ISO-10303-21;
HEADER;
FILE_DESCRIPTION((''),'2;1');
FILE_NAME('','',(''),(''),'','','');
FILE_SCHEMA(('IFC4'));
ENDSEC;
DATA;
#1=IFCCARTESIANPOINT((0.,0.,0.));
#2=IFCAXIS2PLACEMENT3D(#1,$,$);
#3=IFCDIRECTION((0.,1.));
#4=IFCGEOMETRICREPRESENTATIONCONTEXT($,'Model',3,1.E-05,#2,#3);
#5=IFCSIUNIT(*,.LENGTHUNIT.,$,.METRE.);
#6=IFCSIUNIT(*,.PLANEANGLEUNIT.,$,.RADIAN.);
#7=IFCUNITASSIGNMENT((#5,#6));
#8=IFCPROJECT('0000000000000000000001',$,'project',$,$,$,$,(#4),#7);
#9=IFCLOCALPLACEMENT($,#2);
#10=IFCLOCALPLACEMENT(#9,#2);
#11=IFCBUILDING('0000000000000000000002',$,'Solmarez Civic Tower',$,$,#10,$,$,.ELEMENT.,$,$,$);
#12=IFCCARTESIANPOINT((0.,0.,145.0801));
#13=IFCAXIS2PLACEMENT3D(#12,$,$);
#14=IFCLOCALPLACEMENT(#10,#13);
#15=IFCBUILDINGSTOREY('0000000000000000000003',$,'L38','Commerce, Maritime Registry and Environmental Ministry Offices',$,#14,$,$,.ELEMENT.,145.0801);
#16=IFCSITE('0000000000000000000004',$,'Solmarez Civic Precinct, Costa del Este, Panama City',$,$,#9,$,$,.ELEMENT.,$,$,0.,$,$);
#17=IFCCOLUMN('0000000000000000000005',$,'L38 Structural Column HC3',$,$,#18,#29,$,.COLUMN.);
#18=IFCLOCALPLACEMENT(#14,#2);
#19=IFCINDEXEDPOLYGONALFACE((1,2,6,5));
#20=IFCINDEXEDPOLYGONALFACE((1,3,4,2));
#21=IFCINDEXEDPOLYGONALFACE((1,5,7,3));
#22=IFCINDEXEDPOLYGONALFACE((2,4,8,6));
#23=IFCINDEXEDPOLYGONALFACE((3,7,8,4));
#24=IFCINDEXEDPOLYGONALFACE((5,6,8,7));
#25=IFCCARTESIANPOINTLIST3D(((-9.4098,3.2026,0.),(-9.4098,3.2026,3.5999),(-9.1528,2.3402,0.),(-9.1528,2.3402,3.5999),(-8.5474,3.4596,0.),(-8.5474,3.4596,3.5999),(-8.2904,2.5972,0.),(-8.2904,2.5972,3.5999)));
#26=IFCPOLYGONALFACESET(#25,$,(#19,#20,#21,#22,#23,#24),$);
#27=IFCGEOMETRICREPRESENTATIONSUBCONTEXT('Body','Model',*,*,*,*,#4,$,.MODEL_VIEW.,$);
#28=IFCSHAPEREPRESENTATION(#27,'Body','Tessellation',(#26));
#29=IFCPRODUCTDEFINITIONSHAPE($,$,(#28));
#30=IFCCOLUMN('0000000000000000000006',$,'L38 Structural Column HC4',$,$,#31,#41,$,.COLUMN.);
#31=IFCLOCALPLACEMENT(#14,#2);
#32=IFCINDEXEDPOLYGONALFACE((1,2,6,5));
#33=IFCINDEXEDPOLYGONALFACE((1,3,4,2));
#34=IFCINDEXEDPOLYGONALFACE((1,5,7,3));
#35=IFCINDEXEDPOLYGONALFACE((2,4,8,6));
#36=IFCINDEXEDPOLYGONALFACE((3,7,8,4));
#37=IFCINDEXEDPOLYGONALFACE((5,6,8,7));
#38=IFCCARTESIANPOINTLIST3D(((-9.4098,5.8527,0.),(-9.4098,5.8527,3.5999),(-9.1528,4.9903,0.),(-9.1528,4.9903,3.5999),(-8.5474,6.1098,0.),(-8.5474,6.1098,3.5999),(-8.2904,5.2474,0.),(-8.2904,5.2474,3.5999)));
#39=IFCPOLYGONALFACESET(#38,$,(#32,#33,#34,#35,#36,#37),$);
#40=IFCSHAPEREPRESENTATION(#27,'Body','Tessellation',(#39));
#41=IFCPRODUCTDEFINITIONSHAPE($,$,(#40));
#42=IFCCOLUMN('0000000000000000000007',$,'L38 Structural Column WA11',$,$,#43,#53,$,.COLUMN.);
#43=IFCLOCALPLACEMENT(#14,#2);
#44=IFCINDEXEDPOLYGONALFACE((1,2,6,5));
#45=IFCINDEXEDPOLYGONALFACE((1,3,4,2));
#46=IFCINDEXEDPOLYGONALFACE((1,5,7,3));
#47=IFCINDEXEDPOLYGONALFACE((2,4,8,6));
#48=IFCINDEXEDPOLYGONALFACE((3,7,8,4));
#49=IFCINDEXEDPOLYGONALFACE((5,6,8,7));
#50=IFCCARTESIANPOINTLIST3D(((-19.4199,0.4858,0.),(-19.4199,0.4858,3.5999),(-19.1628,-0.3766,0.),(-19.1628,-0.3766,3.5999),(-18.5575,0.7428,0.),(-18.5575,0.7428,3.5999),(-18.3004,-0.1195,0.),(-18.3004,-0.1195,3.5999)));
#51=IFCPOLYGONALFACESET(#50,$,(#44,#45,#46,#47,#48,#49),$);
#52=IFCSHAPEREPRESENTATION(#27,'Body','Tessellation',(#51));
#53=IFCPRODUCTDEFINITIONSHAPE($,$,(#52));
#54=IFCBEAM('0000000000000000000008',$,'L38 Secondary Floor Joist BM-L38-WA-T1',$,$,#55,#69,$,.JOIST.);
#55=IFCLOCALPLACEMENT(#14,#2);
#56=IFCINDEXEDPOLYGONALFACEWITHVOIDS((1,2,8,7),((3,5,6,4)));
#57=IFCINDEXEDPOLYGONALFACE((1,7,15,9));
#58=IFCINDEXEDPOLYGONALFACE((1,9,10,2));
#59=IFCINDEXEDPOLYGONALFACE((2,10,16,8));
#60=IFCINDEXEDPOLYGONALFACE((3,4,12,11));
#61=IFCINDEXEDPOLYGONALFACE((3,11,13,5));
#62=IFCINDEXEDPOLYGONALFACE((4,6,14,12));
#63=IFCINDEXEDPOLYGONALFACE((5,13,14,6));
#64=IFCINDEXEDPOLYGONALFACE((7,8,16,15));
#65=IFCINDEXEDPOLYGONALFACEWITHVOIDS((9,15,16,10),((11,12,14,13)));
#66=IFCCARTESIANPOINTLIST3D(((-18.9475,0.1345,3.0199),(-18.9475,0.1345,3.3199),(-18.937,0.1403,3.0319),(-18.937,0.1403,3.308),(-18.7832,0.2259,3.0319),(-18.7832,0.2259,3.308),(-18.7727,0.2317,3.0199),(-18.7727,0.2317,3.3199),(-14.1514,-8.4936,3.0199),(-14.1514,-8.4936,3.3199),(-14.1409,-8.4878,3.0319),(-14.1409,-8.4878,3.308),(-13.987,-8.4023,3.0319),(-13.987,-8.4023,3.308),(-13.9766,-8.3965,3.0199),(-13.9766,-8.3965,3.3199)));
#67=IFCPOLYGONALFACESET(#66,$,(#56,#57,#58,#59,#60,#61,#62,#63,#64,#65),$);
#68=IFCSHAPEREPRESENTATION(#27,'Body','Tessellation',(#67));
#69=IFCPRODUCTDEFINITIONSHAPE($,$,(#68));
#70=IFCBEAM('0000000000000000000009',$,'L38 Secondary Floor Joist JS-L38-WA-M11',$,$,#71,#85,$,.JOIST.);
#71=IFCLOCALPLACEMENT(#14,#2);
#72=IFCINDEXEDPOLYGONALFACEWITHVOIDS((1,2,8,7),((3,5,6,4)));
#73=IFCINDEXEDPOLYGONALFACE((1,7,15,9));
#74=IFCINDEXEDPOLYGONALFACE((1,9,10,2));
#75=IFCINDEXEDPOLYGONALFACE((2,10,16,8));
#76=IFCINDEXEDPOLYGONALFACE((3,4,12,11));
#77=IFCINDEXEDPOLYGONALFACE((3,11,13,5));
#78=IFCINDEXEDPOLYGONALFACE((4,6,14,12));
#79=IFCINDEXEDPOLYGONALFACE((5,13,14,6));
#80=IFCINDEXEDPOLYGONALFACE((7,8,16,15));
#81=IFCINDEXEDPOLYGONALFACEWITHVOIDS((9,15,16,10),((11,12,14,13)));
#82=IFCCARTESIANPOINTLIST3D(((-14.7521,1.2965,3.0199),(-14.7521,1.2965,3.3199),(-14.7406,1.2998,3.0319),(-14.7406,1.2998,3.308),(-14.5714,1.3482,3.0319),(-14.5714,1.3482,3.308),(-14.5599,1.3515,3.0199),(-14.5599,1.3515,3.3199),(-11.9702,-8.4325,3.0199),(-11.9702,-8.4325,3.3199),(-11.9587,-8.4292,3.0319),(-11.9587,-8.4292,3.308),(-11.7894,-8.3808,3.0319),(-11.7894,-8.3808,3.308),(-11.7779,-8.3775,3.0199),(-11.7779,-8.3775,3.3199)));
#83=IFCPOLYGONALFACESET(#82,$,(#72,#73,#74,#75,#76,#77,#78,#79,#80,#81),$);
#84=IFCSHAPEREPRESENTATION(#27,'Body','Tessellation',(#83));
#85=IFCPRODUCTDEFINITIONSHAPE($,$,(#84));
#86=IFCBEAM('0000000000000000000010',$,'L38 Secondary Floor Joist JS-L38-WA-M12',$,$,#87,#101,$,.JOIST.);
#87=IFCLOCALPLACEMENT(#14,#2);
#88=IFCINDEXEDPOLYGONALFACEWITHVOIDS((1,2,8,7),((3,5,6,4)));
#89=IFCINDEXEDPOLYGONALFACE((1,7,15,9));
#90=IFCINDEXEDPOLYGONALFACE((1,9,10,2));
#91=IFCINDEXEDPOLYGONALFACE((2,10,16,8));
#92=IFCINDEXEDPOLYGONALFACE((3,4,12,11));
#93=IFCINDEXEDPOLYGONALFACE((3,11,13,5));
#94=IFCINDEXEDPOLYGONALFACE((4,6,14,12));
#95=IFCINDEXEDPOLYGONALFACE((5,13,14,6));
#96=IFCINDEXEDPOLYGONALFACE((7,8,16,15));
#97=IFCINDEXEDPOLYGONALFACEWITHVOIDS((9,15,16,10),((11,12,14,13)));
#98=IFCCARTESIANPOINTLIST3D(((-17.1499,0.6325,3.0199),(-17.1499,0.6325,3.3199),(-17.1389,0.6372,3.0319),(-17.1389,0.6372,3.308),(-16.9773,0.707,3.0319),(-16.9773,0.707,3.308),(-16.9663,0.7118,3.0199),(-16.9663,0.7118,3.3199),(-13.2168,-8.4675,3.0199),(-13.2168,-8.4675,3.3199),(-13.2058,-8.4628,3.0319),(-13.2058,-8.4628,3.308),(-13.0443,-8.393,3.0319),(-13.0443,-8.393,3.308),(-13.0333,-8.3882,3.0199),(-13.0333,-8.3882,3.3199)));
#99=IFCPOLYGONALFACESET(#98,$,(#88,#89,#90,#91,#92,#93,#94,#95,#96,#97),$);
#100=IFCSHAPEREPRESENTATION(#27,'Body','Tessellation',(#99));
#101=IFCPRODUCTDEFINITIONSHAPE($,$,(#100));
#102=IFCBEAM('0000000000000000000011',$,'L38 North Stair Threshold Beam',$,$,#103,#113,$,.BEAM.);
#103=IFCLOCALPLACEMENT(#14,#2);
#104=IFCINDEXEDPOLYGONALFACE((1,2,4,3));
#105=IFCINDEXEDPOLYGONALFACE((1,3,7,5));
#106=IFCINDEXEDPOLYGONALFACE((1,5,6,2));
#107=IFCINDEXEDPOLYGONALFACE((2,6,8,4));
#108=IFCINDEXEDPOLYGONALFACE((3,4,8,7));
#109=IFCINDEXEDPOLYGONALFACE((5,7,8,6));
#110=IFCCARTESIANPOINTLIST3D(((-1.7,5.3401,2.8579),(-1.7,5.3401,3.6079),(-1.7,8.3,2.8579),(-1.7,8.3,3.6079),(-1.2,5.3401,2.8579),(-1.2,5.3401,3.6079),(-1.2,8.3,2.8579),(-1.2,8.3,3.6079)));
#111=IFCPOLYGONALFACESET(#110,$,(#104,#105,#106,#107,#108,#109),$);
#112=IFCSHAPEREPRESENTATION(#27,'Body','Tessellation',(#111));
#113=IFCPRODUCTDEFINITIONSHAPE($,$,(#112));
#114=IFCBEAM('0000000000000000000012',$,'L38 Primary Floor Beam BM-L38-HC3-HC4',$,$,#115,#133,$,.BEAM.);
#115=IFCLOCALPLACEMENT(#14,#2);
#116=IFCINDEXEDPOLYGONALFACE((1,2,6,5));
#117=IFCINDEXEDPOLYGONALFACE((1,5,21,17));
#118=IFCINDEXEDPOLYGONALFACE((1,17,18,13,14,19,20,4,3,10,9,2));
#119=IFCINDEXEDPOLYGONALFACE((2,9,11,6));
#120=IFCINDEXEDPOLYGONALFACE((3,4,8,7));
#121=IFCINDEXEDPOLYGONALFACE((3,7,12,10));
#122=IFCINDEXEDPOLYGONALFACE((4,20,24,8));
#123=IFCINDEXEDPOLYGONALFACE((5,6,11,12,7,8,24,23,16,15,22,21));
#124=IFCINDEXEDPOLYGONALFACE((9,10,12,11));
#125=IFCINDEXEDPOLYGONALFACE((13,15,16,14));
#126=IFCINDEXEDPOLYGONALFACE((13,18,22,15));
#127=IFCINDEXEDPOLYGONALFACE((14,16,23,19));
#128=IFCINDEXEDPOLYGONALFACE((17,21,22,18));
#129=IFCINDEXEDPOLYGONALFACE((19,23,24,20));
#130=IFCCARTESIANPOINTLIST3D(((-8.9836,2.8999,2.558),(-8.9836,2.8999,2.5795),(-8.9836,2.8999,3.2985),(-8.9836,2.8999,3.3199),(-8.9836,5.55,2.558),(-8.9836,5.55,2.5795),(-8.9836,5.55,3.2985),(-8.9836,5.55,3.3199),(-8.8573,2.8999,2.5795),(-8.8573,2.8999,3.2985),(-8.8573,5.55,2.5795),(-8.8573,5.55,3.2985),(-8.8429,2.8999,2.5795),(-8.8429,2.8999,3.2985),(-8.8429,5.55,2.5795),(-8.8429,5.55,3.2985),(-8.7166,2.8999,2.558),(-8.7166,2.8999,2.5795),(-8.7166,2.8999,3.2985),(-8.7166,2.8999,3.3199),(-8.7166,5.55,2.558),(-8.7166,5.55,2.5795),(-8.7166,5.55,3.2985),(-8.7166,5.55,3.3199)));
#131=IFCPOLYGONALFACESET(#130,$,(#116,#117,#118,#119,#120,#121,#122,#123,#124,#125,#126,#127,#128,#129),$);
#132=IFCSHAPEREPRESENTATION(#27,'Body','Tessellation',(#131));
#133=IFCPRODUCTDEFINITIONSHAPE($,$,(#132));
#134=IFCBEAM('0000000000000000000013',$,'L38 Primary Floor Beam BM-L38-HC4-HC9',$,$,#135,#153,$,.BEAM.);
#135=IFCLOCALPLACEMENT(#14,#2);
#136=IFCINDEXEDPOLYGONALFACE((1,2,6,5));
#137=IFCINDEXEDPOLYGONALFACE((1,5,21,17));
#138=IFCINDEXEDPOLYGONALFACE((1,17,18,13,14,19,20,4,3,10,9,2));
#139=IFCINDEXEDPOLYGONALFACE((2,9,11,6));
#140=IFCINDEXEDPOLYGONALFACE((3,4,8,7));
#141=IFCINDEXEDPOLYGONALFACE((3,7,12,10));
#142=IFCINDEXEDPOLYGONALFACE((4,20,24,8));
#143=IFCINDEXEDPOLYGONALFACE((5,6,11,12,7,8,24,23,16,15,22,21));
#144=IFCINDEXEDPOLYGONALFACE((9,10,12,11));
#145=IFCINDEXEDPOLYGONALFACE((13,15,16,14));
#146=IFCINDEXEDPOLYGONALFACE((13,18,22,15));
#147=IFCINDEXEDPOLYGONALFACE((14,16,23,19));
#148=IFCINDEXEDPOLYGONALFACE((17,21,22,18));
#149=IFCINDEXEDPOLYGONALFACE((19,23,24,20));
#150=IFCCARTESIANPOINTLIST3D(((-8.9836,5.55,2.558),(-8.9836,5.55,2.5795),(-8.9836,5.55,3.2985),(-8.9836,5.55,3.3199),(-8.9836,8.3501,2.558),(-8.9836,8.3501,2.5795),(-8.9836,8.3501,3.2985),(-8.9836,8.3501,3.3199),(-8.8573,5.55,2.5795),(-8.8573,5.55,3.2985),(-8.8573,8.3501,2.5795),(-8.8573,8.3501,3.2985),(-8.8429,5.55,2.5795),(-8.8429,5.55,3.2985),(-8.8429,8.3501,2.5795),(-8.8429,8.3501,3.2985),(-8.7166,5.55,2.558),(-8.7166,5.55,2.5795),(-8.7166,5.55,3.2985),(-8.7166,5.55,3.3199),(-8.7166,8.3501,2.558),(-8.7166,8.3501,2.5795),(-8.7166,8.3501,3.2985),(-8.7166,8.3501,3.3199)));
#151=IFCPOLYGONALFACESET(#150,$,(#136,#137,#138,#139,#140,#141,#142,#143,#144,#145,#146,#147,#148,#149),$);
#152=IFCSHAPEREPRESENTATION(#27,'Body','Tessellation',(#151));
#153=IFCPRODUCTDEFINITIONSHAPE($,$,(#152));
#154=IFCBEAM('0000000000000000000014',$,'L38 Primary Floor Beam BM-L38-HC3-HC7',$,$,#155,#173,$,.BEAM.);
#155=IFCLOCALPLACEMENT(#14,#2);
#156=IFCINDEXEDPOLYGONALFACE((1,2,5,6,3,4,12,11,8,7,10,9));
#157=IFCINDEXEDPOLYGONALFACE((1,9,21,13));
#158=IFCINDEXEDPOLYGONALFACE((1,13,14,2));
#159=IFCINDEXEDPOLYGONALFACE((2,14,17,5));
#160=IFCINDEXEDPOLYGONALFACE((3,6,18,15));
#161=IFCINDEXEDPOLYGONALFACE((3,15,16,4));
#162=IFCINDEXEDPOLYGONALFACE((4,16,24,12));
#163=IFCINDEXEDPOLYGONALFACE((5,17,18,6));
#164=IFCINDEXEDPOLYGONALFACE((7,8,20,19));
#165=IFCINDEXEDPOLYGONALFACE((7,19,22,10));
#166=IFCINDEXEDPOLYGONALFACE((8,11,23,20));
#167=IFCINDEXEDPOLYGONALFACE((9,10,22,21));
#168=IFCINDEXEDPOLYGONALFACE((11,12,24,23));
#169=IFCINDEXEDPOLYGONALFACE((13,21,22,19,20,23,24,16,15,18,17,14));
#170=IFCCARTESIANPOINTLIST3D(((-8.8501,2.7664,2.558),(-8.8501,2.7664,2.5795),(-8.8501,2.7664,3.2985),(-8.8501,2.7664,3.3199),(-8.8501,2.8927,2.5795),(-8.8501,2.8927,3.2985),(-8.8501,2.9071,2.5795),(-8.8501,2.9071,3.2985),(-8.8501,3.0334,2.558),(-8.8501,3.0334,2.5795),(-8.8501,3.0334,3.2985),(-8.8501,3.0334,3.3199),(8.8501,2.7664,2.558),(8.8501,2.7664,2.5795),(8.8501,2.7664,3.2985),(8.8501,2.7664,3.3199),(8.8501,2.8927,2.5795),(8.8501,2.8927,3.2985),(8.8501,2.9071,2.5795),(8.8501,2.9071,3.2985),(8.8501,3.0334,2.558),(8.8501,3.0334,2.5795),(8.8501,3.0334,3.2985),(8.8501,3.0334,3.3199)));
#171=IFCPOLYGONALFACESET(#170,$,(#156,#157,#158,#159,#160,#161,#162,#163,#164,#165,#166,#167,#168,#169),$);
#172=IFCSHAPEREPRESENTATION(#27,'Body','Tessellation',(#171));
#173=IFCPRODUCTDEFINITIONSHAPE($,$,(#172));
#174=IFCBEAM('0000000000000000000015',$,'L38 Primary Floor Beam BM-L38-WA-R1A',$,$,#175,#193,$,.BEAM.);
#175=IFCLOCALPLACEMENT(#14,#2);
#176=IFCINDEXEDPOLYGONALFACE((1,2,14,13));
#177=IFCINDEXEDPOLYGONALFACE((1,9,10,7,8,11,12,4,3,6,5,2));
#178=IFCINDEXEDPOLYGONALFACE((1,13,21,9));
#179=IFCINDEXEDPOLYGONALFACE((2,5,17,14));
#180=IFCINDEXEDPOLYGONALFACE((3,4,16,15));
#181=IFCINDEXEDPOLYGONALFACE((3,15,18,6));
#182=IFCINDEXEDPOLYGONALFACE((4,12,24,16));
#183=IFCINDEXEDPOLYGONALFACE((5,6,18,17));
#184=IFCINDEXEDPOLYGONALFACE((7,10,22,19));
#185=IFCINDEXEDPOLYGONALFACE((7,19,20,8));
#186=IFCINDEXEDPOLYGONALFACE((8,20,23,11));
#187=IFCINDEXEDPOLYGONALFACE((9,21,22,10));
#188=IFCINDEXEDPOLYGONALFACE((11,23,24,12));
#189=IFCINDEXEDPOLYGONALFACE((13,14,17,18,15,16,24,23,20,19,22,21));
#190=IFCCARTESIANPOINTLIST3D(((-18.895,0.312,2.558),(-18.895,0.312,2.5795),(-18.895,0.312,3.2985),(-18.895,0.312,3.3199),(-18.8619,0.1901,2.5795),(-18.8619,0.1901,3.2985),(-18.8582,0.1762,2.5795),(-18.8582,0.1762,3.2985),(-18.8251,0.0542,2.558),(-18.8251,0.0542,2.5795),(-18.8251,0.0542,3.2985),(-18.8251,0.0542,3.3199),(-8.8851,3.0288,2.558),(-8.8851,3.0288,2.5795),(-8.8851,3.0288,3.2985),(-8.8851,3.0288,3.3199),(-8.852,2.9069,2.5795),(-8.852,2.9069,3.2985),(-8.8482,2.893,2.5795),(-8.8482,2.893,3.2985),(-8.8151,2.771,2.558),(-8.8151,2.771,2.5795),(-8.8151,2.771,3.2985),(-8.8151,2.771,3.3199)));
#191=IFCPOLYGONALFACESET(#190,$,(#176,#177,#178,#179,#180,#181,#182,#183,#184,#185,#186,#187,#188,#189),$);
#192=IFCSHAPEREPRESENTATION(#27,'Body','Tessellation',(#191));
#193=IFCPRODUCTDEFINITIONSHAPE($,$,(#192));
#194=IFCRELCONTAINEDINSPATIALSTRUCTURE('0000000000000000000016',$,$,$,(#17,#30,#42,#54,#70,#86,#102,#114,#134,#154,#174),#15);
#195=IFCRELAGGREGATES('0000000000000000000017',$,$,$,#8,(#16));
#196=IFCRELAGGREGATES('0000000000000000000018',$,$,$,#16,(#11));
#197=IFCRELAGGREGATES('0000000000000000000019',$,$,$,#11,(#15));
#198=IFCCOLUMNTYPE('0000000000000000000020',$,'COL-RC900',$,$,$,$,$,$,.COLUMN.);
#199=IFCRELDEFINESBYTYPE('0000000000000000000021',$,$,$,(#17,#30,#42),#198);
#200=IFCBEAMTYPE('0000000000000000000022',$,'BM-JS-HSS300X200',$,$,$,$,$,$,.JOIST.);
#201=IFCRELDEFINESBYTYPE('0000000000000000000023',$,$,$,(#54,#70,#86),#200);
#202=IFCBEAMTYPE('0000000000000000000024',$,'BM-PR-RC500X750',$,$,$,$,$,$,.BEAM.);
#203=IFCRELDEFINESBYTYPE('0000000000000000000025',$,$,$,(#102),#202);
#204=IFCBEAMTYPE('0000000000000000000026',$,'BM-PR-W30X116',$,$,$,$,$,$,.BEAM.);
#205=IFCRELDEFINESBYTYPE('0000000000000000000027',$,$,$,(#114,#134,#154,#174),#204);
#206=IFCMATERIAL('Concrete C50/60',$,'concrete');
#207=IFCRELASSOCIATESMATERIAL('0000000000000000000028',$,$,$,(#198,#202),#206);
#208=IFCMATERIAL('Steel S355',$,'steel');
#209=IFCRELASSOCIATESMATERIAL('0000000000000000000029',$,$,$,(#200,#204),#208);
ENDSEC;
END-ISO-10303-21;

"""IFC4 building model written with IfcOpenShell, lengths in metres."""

from ifc_helpers import new_model, si_unit, direction, frame, origin, origin_2d, place, context, subcontext, project, spatial, rectangle, hollow_rectangle, i_section, extrude, material, material_profile, profile_set, type_object, element, save


model = new_model("IFC4")

# Units and contexts
model_context = context("Model", 3, precision=1e-05, world=origin(), true_north=direction((0.0, 1.0)))
body_context = subcontext(model_context, "Body", "Model", "MODEL_VIEW")
ifc_project = project(units=[si_unit("LENGTHUNIT", "METRE"), si_unit("PLANEANGLEUNIT", "RADIAN")], contexts=[model_context])

# Site, building, storey
site_placement = place(None, origin())
site = spatial("IfcSite", under=ifc_project, at=site_placement, Name="Solmarez Civic Precinct, Costa del Este, Panama City", CompositionType="ELEMENT", RefElevation=0.0)
building_placement = place(site_placement, origin())
building = spatial("IfcBuilding", under=site, at=building_placement, Name="Solmarez Civic Tower", CompositionType="ELEMENT")
storey_placement = place(building_placement, frame((0.0, 0.0, 145.0801)))
storey = spatial("IfcBuildingStorey", under=building, at=storey_placement, Name="L38", Description="Commerce, Maritime Registry and Environmental Ministry Offices", CompositionType="ELEMENT", Elevation=145.0801)

# Columns
ifc_material_1 = material(Name="Concrete C50/60", Category="concrete")
ifc_material_profile_1 = material_profile(ifc_material_1, rectangle(XDim=0.8999, YDim=0.8999, at=origin_2d()), Name="RC900X900")
ifc_profile_set_1 = profile_set([ifc_material_profile_1], Name="Concrete C50/60")
column_type = type_object("IfcColumnType", Name="COL-RC900", PredefinedType="COLUMN", material=ifc_profile_set_1)
for number, where, z_axis, x_axis, name in (
    (1, (-8.8501, 2.8999, 0.0), (0.0, 0.0, 1.0), (0.958323, 0.285688, 0.0), "L38 Structural Column HC3"),
    (2, (-8.8501, 5.55, 0.0), (0.0, 0.0, 1.0), (0.958323, 0.285688, 0.0), "L38 Structural Column HC4"),
    (3, (-18.8601, 0.1831, 0.0), (0.0, 0.0, 1.0), (0.958323, 0.285688, 0.0), "L38 Structural Column WA11"),
):
    element("IfcColumn", number, at=place(storey_placement, frame(where, z_axis=z_axis, x_axis=x_axis)), inside=storey, type_object=column_type, Name=name, PredefinedType="COLUMN", context=body_context, shape_type="SweptSolid", body=[
        extrude(rectangle(XDim=0.8999, YDim=0.8999, at=origin_2d()), origin(), (0.0, 0.0, 1.0), 3.5999),
    ])

# Beams
ifc_material_2 = material(Name="Steel S355", Category="steel")
ifc_material_profile_2 = material_profile(ifc_material_2, hollow_rectangle(XDim=0.2, YDim=0.3, WallThickness=0.012, at=origin_2d()), Name="HSS300X200X12")
ifc_profile_set_2 = profile_set([ifc_material_profile_2], Name="Steel S355")
beam_type_1 = type_object("IfcBeamType", Name="BM-JS-HSS300X200", PredefinedType="JOIST", material=ifc_profile_set_2)
beam_1_placement = place(storey_placement, frame((-18.8601, 0.1831, 3.1699), z_axis=(0.485853, -0.874041, 0.0), x_axis=(0.874041, 0.485853, 0.0)))
element("IfcBeam", 4, at=beam_1_placement, inside=storey, type_object=beam_type_1, Name="L38 Secondary Floor Joist BM-L38-WA-T1", PredefinedType="JOIST", context=body_context, shape_type="SweptSolid", body=[
    extrude(hollow_rectangle(XDim=0.2, YDim=0.3, WallThickness=0.012, at=origin_2d()), origin(), (0.0, 0.0, 1.0), 9.8716),
])
beam_2_placement = place(storey_placement, frame((-14.656, 1.324, 3.1699), z_axis=(0.274928, -0.961465, 0.0), x_axis=(0.961465, 0.274928, 0.0)))
element("IfcBeam", 5, at=beam_2_placement, inside=storey, type_object=beam_type_1, Name="L38 Secondary Floor Joist JS-L38-WA-M11", PredefinedType="JOIST", context=body_context, shape_type="SweptSolid", body=[
    extrude(hollow_rectangle(XDim=0.2, YDim=0.3, WallThickness=0.012, at=origin_2d()), origin(), (0.0, 0.0, 1.0), 10.1189),
])
beam_3_placement = place(storey_placement, frame((-17.0581, 0.6721, 3.1699), z_axis=(0.396735, -0.917933, 0.0), x_axis=(0.917933, 0.396735, 0.0)))
element("IfcBeam", 6, at=beam_3_placement, inside=storey, type_object=beam_type_1, Name="L38 Secondary Floor Joist JS-L38-WA-M12", PredefinedType="JOIST", context=body_context, shape_type="SweptSolid", body=[
    extrude(hollow_rectangle(XDim=0.2, YDim=0.3, WallThickness=0.012, at=origin_2d()), origin(), (0.0, 0.0, 1.0), 9.9136),
])
ifc_material_profile_3 = material_profile(ifc_material_1, rectangle(XDim=0.5, YDim=0.75, at=origin_2d()), Name="RC500X750")
ifc_profile_set_3 = profile_set([ifc_material_profile_3], Name="Concrete C50/60")
beam_type_2 = type_object("IfcBeamType", Name="BM-PR-RC500X750", PredefinedType="BEAM", material=ifc_profile_set_3)
beam_4_placement = place(storey_placement, frame((-1.45, 5.3401, 3.2329), z_axis=(0.0, 1.0, 0.0), x_axis=(-1.0, 0.0, 0.0)))
element("IfcBeam", 7, at=beam_4_placement, inside=storey, type_object=beam_type_2, Name="L38 North Stair Threshold Beam", PredefinedType="BEAM", context=body_context, shape_type="SweptSolid", body=[
    extrude(rectangle(XDim=0.5, YDim=0.75, at=origin_2d()), origin(), (0.0, 0.0, 1.0), 2.96),
])
ifc_material_profile_4 = material_profile(ifc_material_2, i_section(OverallWidth=0.2671, OverallDepth=0.762, WebThickness=0.0144, FlangeThickness=0.0215, at=origin_2d()), Name="W30X116")
ifc_profile_set_4 = profile_set([ifc_material_profile_4], Name="Steel S355")
beam_type_3 = type_object("IfcBeamType", Name="BM-PR-W30X116", PredefinedType="BEAM", material=ifc_profile_set_4)
beam_5_placement = place(storey_placement, frame((-8.8501, 2.8999, 2.939), z_axis=(0.0, 1.0, 0.0), x_axis=(-1.0, 0.0, 0.0)))
element("IfcBeam", 8, at=beam_5_placement, inside=storey, type_object=beam_type_3, Name="L38 Primary Floor Beam BM-L38-HC3-HC4", PredefinedType="BEAM", context=body_context, shape_type="SweptSolid", body=[
    extrude(i_section(OverallWidth=0.2671, OverallDepth=0.762, WebThickness=0.0144, FlangeThickness=0.0215, at=origin_2d()), origin(), (0.0, 0.0, 1.0), 2.6501),
])
beam_6_placement = place(storey_placement, frame((-8.8501, 5.55, 2.939), z_axis=(0.0, 1.0, 0.0), x_axis=(-1.0, 0.0, 0.0)))
element("IfcBeam", 9, at=beam_6_placement, inside=storey, type_object=beam_type_3, Name="L38 Primary Floor Beam BM-L38-HC4-HC9", PredefinedType="BEAM", context=body_context, shape_type="SweptSolid", body=[
    extrude(i_section(OverallWidth=0.2671, OverallDepth=0.762, WebThickness=0.0144, FlangeThickness=0.0215, at=origin_2d()), origin(), (0.0, 0.0, 1.0), 2.8),
])
beam_7_placement = place(storey_placement, frame((-8.8501, 2.8999, 2.939), z_axis=(1.0, 0.0, 0.0), x_axis=(0.0, 1.0, 0.0)))
element("IfcBeam", 10, at=beam_7_placement, inside=storey, type_object=beam_type_3, Name="L38 Primary Floor Beam BM-L38-HC3-HC7", PredefinedType="BEAM", context=body_context, shape_type="SweptSolid", body=[
    extrude(i_section(OverallWidth=0.2671, OverallDepth=0.762, WebThickness=0.0144, FlangeThickness=0.0215, at=origin_2d()), origin(), (0.0, 0.0, 1.0), 17.7002),
])
beam_8_placement = place(storey_placement, frame((-8.8501, 2.8999, 2.939), z_axis=(-0.965086, -0.261932, 0.0), x_axis=(0.261932, -0.965086, 0.0)))
element("IfcBeam", 11, at=beam_8_placement, inside=storey, type_object=beam_type_3, Name="L38 Primary Floor Beam BM-L38-WA-R1A", PredefinedType="BEAM", context=body_context, shape_type="SweptSolid", body=[
    extrude(i_section(OverallWidth=0.2671, OverallDepth=0.762, WebThickness=0.0144, FlangeThickness=0.0215, at=origin_2d()), origin(), (0.0, 0.0, 1.0), 10.3721),
])

save(model, "model.ifc")
